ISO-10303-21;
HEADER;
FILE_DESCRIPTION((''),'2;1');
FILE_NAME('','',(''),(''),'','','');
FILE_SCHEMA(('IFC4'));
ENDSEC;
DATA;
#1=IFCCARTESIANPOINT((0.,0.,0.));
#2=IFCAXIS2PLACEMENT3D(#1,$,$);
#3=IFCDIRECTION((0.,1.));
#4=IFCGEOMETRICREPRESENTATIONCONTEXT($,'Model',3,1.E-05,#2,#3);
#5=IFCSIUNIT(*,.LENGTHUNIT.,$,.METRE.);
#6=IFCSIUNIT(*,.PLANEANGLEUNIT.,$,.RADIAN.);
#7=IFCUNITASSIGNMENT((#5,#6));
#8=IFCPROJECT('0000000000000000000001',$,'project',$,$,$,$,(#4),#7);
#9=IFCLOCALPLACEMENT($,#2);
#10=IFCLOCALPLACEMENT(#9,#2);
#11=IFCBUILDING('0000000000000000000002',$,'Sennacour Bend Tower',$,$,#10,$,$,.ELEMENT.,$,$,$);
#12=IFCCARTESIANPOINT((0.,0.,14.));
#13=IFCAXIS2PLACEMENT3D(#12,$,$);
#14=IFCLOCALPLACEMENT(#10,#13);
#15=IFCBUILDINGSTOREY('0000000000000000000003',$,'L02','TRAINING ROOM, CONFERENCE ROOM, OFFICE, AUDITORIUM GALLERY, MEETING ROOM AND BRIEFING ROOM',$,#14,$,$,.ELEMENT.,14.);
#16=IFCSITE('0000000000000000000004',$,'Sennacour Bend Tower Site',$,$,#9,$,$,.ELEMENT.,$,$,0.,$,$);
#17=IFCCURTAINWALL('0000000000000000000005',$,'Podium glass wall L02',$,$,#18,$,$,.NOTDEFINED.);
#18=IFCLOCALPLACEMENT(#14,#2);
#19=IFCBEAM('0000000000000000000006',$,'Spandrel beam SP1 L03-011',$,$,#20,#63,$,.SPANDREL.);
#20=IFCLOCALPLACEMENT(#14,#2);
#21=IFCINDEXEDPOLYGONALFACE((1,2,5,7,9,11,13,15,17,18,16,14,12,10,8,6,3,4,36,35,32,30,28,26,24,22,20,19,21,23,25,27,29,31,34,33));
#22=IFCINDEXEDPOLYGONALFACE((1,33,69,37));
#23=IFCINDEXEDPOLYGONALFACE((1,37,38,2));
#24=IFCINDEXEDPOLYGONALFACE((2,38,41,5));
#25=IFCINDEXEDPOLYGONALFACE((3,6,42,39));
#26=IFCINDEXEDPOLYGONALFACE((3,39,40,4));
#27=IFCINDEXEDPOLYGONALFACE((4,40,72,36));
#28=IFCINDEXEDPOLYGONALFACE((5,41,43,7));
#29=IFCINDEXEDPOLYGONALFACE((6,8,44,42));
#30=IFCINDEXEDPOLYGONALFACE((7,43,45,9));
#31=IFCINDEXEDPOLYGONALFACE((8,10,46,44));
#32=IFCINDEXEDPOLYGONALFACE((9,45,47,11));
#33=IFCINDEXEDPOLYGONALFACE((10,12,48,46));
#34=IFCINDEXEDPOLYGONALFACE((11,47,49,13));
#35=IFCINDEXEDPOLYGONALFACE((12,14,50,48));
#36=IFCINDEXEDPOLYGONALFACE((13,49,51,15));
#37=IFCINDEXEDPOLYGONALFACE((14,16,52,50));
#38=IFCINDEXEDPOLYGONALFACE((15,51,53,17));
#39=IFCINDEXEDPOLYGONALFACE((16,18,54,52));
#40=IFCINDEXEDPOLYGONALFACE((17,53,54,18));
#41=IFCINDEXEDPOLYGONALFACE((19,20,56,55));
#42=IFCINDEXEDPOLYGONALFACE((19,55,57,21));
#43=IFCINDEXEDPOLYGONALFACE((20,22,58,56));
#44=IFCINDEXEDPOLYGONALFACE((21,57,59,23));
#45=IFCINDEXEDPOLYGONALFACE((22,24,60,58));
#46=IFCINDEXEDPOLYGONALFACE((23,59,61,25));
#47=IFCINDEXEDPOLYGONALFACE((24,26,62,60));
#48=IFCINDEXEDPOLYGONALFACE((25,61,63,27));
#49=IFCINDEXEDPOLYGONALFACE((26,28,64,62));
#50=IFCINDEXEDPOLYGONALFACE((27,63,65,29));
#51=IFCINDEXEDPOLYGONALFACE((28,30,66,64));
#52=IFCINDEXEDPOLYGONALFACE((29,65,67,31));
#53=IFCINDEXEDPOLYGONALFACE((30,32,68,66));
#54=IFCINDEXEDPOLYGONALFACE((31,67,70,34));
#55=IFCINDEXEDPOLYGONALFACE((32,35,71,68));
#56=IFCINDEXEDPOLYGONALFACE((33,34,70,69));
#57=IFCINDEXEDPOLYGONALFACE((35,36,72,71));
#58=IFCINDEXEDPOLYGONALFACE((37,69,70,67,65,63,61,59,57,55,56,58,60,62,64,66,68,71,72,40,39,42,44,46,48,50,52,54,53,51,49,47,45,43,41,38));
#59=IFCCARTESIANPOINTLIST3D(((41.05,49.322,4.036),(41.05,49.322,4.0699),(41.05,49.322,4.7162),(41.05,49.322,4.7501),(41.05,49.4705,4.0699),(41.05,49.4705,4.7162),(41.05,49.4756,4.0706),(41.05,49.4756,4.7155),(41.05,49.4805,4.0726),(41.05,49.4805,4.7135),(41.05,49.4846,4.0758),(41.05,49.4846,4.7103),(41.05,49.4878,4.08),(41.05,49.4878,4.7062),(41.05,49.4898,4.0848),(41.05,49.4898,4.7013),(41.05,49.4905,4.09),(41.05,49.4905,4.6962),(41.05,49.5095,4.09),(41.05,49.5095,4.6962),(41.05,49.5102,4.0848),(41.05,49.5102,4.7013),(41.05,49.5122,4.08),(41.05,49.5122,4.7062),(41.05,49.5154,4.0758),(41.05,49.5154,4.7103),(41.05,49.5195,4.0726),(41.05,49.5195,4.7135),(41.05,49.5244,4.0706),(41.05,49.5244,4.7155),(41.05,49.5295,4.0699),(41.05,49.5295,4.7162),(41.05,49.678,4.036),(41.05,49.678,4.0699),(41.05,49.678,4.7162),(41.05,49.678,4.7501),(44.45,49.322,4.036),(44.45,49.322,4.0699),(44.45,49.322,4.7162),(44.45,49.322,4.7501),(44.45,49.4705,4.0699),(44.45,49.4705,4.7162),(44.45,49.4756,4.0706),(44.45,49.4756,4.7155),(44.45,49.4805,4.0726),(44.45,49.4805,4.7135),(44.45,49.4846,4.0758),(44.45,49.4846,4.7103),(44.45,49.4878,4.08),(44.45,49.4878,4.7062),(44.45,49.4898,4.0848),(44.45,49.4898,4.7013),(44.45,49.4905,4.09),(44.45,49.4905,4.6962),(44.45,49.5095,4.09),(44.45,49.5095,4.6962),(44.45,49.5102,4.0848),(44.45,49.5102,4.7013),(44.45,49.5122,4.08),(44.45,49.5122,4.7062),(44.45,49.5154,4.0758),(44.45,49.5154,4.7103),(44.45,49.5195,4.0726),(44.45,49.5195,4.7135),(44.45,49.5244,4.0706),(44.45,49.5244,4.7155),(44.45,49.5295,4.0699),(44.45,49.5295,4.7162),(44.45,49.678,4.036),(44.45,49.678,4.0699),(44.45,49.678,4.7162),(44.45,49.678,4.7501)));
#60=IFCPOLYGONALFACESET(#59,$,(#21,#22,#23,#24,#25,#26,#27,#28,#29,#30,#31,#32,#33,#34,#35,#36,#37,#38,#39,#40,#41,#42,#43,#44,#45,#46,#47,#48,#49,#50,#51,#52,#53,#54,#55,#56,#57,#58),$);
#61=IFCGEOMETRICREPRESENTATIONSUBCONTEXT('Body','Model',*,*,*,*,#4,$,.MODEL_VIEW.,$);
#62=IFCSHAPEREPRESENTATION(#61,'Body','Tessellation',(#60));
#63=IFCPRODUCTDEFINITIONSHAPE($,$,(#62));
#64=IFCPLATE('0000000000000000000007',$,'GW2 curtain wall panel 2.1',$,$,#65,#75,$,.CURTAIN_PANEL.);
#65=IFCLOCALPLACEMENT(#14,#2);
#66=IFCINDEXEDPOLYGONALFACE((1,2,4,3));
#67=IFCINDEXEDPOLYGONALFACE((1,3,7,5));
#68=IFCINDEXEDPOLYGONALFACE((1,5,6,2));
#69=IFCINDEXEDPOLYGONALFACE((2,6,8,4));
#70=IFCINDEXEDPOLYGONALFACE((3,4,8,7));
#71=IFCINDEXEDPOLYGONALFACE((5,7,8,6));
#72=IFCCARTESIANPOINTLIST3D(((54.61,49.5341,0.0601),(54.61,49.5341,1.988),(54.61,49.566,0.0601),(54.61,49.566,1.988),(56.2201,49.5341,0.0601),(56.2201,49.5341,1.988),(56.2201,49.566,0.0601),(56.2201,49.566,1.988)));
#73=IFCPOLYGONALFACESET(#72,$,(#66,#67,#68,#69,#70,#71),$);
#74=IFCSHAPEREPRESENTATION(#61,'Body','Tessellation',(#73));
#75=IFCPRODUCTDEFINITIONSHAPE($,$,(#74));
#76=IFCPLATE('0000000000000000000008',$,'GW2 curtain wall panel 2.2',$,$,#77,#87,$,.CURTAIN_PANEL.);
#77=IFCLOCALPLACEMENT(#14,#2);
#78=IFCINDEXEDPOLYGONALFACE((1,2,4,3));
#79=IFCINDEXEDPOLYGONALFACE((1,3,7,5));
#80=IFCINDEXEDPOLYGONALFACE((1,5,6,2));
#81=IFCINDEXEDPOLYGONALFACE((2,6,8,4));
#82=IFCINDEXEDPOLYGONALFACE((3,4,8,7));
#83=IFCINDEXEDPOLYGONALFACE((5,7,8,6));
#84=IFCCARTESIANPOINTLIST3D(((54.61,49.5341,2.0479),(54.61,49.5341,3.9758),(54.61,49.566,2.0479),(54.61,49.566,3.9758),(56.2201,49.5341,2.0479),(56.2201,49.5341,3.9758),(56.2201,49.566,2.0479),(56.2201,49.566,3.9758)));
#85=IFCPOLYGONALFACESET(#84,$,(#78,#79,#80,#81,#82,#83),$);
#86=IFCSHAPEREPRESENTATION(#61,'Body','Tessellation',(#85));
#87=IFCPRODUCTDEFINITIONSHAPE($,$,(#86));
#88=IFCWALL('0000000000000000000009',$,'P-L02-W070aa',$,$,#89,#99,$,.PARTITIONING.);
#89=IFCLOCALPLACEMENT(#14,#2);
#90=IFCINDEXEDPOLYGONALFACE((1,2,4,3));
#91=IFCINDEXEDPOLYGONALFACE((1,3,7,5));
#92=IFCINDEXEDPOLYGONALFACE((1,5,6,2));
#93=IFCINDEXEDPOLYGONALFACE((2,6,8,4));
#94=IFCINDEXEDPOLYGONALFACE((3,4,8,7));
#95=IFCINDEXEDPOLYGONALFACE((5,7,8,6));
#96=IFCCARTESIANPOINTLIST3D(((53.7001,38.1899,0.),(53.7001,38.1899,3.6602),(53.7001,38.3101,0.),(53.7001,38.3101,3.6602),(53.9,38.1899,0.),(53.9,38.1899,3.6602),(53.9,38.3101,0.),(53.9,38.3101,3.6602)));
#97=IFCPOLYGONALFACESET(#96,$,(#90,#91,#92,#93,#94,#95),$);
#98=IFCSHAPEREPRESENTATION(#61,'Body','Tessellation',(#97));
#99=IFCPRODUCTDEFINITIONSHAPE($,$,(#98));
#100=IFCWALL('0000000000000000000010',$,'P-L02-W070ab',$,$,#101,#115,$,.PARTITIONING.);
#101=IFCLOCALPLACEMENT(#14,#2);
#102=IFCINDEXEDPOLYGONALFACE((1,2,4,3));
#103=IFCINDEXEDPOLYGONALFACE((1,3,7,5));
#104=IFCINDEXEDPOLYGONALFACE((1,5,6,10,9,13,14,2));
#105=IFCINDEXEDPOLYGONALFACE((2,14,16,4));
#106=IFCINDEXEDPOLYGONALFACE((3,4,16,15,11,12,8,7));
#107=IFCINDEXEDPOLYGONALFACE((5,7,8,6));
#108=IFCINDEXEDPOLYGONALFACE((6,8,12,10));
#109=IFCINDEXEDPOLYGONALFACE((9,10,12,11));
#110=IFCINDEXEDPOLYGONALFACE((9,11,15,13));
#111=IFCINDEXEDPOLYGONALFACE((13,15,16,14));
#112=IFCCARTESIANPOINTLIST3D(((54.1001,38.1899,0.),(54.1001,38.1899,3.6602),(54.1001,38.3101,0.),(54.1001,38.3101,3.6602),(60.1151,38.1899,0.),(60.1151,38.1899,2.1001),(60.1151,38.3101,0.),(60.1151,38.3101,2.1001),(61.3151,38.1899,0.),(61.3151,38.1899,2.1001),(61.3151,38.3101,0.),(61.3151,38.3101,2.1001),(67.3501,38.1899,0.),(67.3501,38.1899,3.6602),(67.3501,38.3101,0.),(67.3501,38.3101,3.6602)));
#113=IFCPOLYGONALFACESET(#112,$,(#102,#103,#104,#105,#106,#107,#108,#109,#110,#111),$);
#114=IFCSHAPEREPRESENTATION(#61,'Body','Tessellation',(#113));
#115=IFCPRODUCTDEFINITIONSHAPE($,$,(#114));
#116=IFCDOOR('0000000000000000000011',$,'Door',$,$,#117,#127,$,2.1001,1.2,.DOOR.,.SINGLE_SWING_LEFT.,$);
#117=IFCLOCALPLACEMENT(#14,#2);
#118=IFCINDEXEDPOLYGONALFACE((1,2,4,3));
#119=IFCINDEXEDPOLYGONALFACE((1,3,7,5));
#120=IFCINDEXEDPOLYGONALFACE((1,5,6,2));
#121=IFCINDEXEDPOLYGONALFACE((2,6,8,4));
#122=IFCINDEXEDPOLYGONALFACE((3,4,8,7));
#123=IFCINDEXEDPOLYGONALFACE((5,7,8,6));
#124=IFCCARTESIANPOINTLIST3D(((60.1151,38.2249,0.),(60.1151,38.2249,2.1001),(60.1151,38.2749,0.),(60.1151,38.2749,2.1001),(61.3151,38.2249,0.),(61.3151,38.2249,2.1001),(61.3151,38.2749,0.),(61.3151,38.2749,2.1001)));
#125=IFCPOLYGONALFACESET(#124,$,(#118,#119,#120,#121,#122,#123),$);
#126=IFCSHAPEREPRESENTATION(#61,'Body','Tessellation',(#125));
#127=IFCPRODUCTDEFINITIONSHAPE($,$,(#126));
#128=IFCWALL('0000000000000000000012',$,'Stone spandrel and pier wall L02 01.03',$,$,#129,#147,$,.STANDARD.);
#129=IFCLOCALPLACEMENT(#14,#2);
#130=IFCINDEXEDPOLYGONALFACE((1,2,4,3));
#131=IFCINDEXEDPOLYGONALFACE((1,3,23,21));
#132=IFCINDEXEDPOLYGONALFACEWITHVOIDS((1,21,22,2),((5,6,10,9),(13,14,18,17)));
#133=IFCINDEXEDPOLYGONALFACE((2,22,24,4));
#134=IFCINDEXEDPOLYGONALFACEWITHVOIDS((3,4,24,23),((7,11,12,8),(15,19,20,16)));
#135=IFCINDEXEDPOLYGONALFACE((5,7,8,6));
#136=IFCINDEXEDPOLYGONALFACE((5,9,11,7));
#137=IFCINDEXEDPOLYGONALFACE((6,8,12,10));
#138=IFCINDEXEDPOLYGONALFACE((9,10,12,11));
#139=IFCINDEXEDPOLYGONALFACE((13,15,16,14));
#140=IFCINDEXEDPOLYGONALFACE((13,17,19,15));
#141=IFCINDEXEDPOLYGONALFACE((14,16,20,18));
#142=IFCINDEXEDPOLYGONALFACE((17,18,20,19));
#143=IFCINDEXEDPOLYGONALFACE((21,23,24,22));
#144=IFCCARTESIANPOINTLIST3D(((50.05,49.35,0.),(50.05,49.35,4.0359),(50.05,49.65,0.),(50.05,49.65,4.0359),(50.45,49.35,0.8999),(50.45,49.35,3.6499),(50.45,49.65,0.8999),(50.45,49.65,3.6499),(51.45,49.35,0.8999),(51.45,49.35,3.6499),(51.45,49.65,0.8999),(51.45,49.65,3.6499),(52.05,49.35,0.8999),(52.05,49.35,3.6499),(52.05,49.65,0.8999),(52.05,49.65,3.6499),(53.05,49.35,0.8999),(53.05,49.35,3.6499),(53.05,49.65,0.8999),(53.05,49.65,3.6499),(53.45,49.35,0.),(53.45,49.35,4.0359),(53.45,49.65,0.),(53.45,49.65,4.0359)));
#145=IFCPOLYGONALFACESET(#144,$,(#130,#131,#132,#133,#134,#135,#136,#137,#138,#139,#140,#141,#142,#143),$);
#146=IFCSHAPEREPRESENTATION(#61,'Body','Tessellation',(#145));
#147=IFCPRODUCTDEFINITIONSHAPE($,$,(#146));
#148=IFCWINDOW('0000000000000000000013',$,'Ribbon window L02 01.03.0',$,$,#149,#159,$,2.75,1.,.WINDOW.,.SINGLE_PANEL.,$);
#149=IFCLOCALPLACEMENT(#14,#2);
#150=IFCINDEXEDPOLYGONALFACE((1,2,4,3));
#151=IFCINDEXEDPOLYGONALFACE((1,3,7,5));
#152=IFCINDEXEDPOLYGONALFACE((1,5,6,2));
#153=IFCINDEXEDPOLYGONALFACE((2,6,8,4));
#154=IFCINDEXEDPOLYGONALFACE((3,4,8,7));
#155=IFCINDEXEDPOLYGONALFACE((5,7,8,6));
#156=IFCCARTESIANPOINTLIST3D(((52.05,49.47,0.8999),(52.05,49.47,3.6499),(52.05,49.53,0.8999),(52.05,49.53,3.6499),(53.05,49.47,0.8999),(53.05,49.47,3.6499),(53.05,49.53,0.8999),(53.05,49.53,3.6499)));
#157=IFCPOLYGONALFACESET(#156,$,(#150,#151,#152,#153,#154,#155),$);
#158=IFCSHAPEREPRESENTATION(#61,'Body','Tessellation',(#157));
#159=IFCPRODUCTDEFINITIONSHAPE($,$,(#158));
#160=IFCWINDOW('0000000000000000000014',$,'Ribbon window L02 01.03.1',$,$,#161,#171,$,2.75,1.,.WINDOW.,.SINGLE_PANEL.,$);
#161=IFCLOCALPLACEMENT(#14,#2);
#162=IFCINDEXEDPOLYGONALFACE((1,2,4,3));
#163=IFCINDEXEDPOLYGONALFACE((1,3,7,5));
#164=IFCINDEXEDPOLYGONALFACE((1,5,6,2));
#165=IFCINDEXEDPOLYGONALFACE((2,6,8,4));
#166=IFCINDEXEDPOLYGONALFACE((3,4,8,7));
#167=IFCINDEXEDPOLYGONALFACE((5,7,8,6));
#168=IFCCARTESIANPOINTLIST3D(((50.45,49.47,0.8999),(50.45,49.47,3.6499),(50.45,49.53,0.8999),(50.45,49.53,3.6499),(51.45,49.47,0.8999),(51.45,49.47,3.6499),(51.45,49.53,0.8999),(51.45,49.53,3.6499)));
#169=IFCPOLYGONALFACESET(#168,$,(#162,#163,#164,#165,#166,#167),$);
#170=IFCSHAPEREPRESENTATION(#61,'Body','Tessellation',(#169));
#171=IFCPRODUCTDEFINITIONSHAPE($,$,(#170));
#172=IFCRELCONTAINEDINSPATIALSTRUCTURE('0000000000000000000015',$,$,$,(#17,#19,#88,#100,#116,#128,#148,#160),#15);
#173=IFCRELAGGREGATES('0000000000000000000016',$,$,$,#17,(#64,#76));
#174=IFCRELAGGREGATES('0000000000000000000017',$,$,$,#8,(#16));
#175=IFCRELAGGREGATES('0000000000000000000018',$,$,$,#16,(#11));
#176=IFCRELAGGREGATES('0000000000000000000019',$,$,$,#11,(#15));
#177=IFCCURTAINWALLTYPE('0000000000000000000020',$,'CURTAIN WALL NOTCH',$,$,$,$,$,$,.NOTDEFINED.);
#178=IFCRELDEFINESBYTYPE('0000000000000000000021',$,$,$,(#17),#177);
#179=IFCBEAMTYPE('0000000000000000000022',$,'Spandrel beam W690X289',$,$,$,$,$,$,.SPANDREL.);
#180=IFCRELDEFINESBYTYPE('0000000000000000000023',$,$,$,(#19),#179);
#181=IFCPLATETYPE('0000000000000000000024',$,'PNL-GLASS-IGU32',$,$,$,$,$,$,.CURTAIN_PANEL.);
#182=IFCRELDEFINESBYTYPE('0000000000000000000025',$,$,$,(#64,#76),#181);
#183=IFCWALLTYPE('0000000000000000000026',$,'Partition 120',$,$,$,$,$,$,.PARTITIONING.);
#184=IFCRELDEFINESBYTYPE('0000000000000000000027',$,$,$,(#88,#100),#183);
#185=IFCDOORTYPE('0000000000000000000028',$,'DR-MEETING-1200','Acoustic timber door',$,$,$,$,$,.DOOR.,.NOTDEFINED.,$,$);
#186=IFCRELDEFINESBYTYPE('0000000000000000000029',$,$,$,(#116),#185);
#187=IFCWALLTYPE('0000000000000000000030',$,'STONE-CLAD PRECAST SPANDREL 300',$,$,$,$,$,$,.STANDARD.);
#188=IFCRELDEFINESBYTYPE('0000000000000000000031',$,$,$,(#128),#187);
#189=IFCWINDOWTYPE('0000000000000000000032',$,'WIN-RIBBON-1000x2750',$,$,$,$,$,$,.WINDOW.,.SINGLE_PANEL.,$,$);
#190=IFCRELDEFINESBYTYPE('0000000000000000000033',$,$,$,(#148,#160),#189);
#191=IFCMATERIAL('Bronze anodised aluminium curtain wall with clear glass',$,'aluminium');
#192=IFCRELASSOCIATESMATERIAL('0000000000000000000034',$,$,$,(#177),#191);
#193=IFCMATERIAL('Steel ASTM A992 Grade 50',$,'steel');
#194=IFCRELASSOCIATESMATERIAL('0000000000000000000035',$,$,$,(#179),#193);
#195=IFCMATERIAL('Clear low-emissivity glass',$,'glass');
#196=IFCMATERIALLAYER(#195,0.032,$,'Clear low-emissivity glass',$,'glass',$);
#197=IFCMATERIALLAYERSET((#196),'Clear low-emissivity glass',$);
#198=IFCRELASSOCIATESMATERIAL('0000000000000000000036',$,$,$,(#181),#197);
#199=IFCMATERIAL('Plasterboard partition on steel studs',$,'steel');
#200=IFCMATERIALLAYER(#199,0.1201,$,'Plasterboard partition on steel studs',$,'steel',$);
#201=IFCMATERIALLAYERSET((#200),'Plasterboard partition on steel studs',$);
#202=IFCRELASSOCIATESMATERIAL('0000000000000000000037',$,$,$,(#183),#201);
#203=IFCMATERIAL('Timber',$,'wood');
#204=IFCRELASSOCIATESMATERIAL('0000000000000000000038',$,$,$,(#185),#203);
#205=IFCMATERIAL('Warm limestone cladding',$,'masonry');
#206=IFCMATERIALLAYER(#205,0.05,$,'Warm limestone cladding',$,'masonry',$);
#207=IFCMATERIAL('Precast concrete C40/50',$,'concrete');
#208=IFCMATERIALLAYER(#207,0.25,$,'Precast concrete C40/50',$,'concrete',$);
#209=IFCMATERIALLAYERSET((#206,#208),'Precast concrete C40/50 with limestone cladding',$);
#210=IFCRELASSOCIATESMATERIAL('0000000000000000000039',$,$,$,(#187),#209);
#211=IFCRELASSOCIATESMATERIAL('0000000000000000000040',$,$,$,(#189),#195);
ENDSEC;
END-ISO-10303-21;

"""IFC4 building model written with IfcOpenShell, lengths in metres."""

from ifc_helpers import new_model, si_unit, direction, frame, frame_2d, origin, origin_2d, place, context, subcontext, project, spatial, rectangle, i_section, extrude, material, layer, layer_set, material_profile, profile_set, type_object, element, fill, aggregate, save


model = new_model("IFC4")

# Units and contexts
model_context = context("Model", 3, precision=1e-05, world=origin(), true_north=direction((0.0, 1.0)))
body_context = subcontext(model_context, "Body", "Model", "MODEL_VIEW")
ifc_project = project(units=[si_unit("LENGTHUNIT", "METRE"), si_unit("PLANEANGLEUNIT", "RADIAN")], contexts=[model_context])

# Site, building, storey
site_placement = place(None, origin())
site = spatial("IfcSite", under=ifc_project, at=site_placement, Name="Sennacour Bend Tower Site", CompositionType="ELEMENT", RefElevation=0.0)
building_placement = place(site_placement, origin())
building = spatial("IfcBuilding", under=site, at=building_placement, Name="Sennacour Bend Tower", CompositionType="ELEMENT")
storey_placement = place(building_placement, frame((0.0, 0.0, 14.0)))
storey = spatial("IfcBuildingStorey", under=building, at=storey_placement, Name="L02", Description="TRAINING ROOM, CONFERENCE ROOM, OFFICE, AUDITORIUM GALLERY, MEETING ROOM AND BRIEFING ROOM", CompositionType="ELEMENT", Elevation=14.0)

# Curtain wall
ifc_material_1 = material(Name="Bronze anodised aluminium curtain wall with clear glass", Category="aluminium")
curtain_wall_type = type_object("IfcCurtainWallType", Name="CURTAIN WALL NOTCH", PredefinedType="NOTDEFINED", material=ifc_material_1)
curtain_wall_placement = place(storey_placement, origin())
curtain_wall = element("IfcCurtainWall", 1, at=curtain_wall_placement, inside=storey, type_object=curtain_wall_type, Name="Podium glass wall L02", PredefinedType="NOTDEFINED")

# Beam
ifc_material_2 = material(Name="Steel ASTM A992 Grade 50", Category="steel")
ifc_material_profile_1 = material_profile(ifc_material_2, i_section(OverallWidth=0.356, OverallDepth=0.7141, WebThickness=0.019, FlangeThickness=0.0339, FilletRadius=0.02, at=origin_2d()), Name="Steel ASTM A992 Grade 50", Category="steel")
ifc_profile_set_1 = profile_set([ifc_material_profile_1], Name="Steel ASTM A992 Grade 50")
beam_type = type_object("IfcBeamType", Name="Spandrel beam W690X289", PredefinedType="SPANDREL", material=ifc_profile_set_1)
for number, where, z_axis, x_axis, name in (
    (2, (44.45, 49.5, 4.3931), (-1.0, 0.0, 0.0), (0.0, -1.0, 0.0), "Spandrel beam SP1 L03-011"),
):
    element("IfcBeam", number, at=place(storey_placement, frame(where, z_axis=z_axis, x_axis=x_axis)), inside=storey, type_object=beam_type, Name=name, PredefinedType="SPANDREL", context=body_context, shape_type="SweptSolid", body=[
        extrude(i_section(OverallWidth=0.356, OverallDepth=0.7141, WebThickness=0.019, FlangeThickness=0.0339, FilletRadius=0.02, at=origin_2d()), origin(), (0.0, 0.0, 1.0), 3.3999),
    ])

# Plates
ifc_material_3 = material(Name="Clear low-emissivity glass", Category="glass")
ifc_layer_1 = layer(ifc_material_3, 0.032, Name="Clear low-emissivity glass", Category="glass")
ifc_layer_set_1 = layer_set([ifc_layer_1], Name="Clear low-emissivity glass")
plate_type = type_object("IfcPlateType", Name="PNL-GLASS-IGU32", PredefinedType="CURTAIN_PANEL", material=ifc_layer_set_1)
plate_1_placement = place(storey_placement, frame((55.415, 49.55, 0.0601), z_axis=(0.0, 0.0, 1.0), x_axis=(-1.0, 0.0, 0.0)))
plate_1 = element("IfcPlate", 3, at=plate_1_placement, type_object=plate_type, Name="GW2 curtain wall panel 2.1", PredefinedType="CURTAIN_PANEL", context=body_context, shape_type="SweptSolid", body=[
    extrude(rectangle(XDim=1.6101, YDim=0.032, at=origin_2d()), origin(), (0.0, 0.0, 1.0), 1.928),
])
plate_2_placement = place(storey_placement, frame((55.415, 49.55, 2.0479), z_axis=(0.0, 0.0, 1.0), x_axis=(-1.0, 0.0, 0.0)))
plate_2 = element("IfcPlate", 4, at=plate_2_placement, type_object=plate_type, Name="GW2 curtain wall panel 2.2", PredefinedType="CURTAIN_PANEL", context=body_context, shape_type="SweptSolid", body=[
    extrude(rectangle(XDim=1.6101, YDim=0.032, at=origin_2d()), origin(), (0.0, 0.0, 1.0), 1.928),
])
aggregate(curtain_wall, [plate_1, plate_2])

# Wall
ifc_material_4 = material(Name="Plasterboard partition on steel studs", Category="steel")
ifc_layer_2 = layer(ifc_material_4, 0.1201, Name="Plasterboard partition on steel studs", Category="steel")
ifc_layer_set_2 = layer_set([ifc_layer_2], Name="Plasterboard partition on steel studs")
wall_type_1 = type_object("IfcWallType", Name="Partition 120", PredefinedType="PARTITIONING", material=ifc_layer_set_2)
wall_1_placement = place(storey_placement, frame((53.7, 38.25, 0.0), z_axis=(0.0, 0.0, 1.0), x_axis=(1.0, 0.0, 0.0)))
element("IfcWall", 5, at=wall_1_placement, inside=storey, type_object=wall_type_1, Name="P-L02-W070aa", PredefinedType="PARTITIONING", context=body_context, shape_type="SweptSolid", body=[
    extrude(rectangle(XDim=0.2, YDim=0.1201, at=frame_2d((0.1001, 0.0))), origin(), (0.0, 0.0, 1.0), 3.6602),
])

# Wall, opening, door
wall_2_placement = place(storey_placement, frame((54.1001, 38.25, 0.0), z_axis=(0.0, 0.0, 1.0), x_axis=(1.0, 0.0, 0.0)))
wall_2 = element("IfcWall", 6, at=wall_2_placement, inside=storey, type_object=wall_type_1, Name="P-L02-W070ab", PredefinedType="PARTITIONING", context=body_context, shape_type="SweptSolid", body=[
    extrude(rectangle(XDim=13.25, YDim=0.1201, at=frame_2d((6.625, 0.0))), origin(), (0.0, 0.0, 1.0), 3.6602),
])
opening_1_placement = place(wall_2_placement, frame((6.0149, 0.0, 0.0)))
opening_1 = element("IfcOpeningElement", 7, at=opening_1_placement, cuts=wall_2, PredefinedType="OPENING", context=body_context, shape_type="SweptSolid", body=[
    extrude(rectangle(XDim=1.2, YDim=2.1001, at=frame_2d((0.6001, 1.05))), frame((0.0, 0.0701, 0.0), z_axis=(0.0, -1.0, 0.0), x_axis=(1.0, 0.0, 0.0)), (0.0, 0.0, 1.0), 0.1401),
])
ifc_material_5 = material(Name="Timber", Category="wood")
door_type = type_object("IfcDoorType", Name="DR-MEETING-1200", Description="Acoustic timber door", OperationType="NOTDEFINED", PredefinedType="DOOR", material=ifc_material_5)
door_placement = place(opening_1_placement, origin())
door = element("IfcDoor", 8, at=door_placement, inside=storey, type_object=door_type, Name="Door", OperationType="SINGLE_SWING_LEFT", OverallHeight=2.1001, OverallWidth=1.2, PredefinedType="DOOR", context=body_context, shape_type="SweptSolid", body=[
    extrude(rectangle(XDim=1.2, YDim=2.1001, at=frame_2d((0.6001, 1.05))), frame((0.0, 0.0249, 0.0), z_axis=(0.0, -1.0, 0.0), x_axis=(1.0, 0.0, 0.0)), (0.0, 0.0, 1.0), 0.05),
])
fill(opening_1, door)

# Wall, openings, windows
ifc_material_6 = material(Name="Warm limestone cladding", Category="masonry")
ifc_layer_3 = layer(ifc_material_6, 0.05, Name="Warm limestone cladding", Category="masonry")
ifc_material_7 = material(Name="Precast concrete C40/50", Category="concrete")
ifc_layer_4 = layer(ifc_material_7, 0.25, Name="Precast concrete C40/50", Category="concrete")
ifc_layer_set_3 = layer_set([ifc_layer_3, ifc_layer_4], Name="Precast concrete C40/50 with limestone cladding")
wall_type_2 = type_object("IfcWallType", Name="STONE-CLAD PRECAST SPANDREL 300", PredefinedType="STANDARD", material=ifc_layer_set_3)
wall_3_placement = place(storey_placement, frame((53.45, 49.5, 0.0), z_axis=(0.0, 0.0, 1.0), x_axis=(-1.0, 0.0, 0.0)))
wall_3 = element("IfcWall", 9, at=wall_3_placement, inside=storey, type_object=wall_type_2, Name="Stone spandrel and pier wall L02 01.03", PredefinedType="STANDARD", context=body_context, shape_type="SweptSolid", body=[
    extrude(rectangle(XDim=3.3999, YDim=0.3, at=frame_2d((1.7, 0.0))), origin(), (0.0, 0.0, 1.0), 4.0359),
])
opening_2_placement = place(wall_3_placement, frame((0.3999, 0.0, 0.8999)))
opening_2 = element("IfcOpeningElement", 10, at=opening_2_placement, cuts=wall_3, PredefinedType="OPENING", context=body_context, shape_type="SweptSolid", body=[
    extrude(rectangle(XDim=1.0, YDim=2.75, at=frame_2d((0.5, 1.375))), frame((0.0, 0.1602, 0.0), z_axis=(0.0, -1.0, 0.0), x_axis=(1.0, 0.0, 0.0)), (0.0, 0.0, 1.0), 0.3201),
])
opening_3_placement = place(wall_3_placement, frame((2.0, 0.0, 0.8999)))
opening_3 = element("IfcOpeningElement", 11, at=opening_3_placement, cuts=wall_3, PredefinedType="OPENING", context=body_context, shape_type="SweptSolid", body=[
    extrude(rectangle(XDim=1.0, YDim=2.75, at=frame_2d((0.5, 1.375))), frame((0.0, 0.1602, 0.0), z_axis=(0.0, -1.0, 0.0), x_axis=(1.0, 0.0, 0.0)), (0.0, 0.0, 1.0), 0.3201),
])
window_type = type_object("IfcWindowType", Name="WIN-RIBBON-1000x2750", PartitioningType="SINGLE_PANEL", PredefinedType="WINDOW", material=ifc_material_3)
window_1_placement = place(opening_2_placement, origin())
window_1 = element("IfcWindow", 12, at=window_1_placement, inside=storey, type_object=window_type, Name="Ribbon window L02 01.03.0", OverallHeight=2.75, OverallWidth=1.0, PartitioningType="SINGLE_PANEL", PredefinedType="WINDOW", context=body_context, shape_type="SweptSolid", body=[
    extrude(rectangle(XDim=1.0, YDim=2.75, at=frame_2d((0.5, 1.375))), frame((0.0, 0.03, 0.0), z_axis=(0.0, -1.0, 0.0), x_axis=(1.0, 0.0, 0.0)), (0.0, 0.0, 1.0), 0.0601),
])
fill(opening_2, window_1)
window_2_placement = place(opening_3_placement, origin())
window_2 = element("IfcWindow", 13, at=window_2_placement, inside=storey, type_object=window_type, Name="Ribbon window L02 01.03.1", OverallHeight=2.75, OverallWidth=1.0, PartitioningType="SINGLE_PANEL", PredefinedType="WINDOW", context=body_context, shape_type="SweptSolid", body=[
    extrude(rectangle(XDim=1.0, YDim=2.75, at=frame_2d((0.5, 1.375))), frame((0.0, 0.03, 0.0), z_axis=(0.0, -1.0, 0.0), x_axis=(1.0, 0.0, 0.0)), (0.0, 0.0, 1.0), 0.0601),
])
fill(opening_3, window_2)

save(model, "model.ifc")
